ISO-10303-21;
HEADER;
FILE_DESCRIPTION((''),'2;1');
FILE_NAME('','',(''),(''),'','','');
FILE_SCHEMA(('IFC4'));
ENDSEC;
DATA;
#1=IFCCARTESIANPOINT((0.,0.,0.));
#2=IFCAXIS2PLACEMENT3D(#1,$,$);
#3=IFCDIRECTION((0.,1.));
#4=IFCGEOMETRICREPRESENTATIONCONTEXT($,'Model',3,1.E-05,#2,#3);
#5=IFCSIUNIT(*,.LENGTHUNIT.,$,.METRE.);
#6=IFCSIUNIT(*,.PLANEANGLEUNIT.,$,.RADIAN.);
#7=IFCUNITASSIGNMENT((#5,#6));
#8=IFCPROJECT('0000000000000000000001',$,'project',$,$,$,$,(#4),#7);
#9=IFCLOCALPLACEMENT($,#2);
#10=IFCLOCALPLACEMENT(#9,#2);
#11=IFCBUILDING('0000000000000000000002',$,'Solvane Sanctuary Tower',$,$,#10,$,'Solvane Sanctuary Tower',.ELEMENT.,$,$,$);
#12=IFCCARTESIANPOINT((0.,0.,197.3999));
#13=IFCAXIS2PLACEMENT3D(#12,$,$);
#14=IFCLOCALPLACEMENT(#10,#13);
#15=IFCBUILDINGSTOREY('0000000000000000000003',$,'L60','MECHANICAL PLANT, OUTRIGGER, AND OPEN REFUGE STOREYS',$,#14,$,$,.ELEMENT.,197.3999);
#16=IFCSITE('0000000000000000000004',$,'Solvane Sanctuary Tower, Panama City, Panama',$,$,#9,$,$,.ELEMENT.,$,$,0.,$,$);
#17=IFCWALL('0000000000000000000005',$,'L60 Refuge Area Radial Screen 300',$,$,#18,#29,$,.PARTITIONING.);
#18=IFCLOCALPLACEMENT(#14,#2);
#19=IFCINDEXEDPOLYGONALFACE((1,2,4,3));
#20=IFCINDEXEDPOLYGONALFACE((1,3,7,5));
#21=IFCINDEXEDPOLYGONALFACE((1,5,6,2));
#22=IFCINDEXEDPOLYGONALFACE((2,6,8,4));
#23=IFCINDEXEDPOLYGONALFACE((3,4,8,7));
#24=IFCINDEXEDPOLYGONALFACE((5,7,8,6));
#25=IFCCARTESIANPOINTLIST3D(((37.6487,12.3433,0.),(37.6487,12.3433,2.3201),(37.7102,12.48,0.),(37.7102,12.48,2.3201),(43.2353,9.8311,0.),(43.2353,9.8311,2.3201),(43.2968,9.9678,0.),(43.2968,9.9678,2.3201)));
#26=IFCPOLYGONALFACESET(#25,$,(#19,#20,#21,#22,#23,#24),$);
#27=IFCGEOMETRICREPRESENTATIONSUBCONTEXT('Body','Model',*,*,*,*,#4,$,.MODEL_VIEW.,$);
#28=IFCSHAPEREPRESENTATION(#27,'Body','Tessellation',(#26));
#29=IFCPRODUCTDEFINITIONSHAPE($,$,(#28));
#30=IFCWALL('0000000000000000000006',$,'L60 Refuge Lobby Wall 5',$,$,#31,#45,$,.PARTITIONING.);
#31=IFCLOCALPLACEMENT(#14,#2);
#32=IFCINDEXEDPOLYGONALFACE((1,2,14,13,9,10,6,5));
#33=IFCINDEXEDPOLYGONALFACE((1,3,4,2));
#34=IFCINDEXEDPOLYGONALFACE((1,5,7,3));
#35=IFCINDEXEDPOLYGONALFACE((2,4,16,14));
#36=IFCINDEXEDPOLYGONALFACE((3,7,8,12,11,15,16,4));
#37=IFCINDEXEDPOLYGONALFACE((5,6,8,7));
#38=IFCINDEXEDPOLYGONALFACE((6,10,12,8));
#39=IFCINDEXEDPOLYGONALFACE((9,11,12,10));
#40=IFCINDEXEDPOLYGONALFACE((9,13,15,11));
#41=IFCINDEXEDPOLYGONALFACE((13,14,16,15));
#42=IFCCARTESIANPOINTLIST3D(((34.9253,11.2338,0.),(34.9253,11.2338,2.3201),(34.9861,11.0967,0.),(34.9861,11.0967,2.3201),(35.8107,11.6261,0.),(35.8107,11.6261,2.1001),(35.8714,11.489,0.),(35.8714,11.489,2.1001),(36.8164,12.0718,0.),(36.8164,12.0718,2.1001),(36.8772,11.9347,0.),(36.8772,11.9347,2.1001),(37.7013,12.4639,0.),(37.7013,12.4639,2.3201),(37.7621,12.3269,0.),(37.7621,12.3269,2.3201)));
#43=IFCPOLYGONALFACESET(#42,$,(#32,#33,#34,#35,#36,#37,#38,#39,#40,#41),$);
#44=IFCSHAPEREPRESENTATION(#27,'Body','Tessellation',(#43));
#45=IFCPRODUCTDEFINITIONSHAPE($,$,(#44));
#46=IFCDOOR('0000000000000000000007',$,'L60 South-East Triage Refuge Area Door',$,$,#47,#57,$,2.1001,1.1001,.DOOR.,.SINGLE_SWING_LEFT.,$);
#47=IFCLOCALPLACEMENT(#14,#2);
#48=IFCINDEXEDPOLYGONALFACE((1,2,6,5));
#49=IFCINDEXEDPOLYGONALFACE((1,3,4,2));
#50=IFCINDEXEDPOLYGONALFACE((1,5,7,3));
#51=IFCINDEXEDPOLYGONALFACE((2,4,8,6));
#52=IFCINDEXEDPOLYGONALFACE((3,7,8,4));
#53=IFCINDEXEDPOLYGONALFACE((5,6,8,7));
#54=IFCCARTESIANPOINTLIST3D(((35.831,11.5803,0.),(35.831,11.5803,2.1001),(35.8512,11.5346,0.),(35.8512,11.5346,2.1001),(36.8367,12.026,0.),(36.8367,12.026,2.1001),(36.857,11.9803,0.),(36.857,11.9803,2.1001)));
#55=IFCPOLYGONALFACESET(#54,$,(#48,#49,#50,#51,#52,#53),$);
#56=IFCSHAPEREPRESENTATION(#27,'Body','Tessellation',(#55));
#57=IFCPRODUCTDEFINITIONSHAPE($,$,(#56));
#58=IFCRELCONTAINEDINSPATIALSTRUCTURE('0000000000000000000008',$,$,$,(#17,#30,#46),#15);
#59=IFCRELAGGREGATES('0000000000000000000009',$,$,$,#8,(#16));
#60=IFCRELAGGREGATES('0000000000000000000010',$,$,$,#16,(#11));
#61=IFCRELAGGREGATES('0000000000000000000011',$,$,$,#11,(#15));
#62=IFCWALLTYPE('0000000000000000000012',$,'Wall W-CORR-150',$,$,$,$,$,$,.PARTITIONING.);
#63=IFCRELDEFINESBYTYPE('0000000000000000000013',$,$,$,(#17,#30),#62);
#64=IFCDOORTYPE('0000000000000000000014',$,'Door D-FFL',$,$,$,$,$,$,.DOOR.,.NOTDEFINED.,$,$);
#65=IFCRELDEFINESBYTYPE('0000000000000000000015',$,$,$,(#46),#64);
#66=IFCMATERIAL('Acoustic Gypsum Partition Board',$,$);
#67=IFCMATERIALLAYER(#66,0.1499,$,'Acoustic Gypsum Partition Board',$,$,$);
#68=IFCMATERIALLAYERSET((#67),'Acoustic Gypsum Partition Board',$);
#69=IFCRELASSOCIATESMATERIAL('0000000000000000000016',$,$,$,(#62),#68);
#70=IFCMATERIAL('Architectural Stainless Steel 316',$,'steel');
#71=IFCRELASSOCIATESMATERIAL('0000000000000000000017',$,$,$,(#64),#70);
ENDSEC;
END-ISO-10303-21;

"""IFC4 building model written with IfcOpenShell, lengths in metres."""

from ifc_helpers import new_model, si_unit, direction, frame, frame_2d, origin, place, context, subcontext, project, spatial, rectangle, extrude, material, layer, layer_set, type_object, element, fill, save


model = new_model("IFC4")

# Units and contexts
model_context = context("Model", 3, precision=1e-05, world=origin(), true_north=direction((0.0, 1.0)))
body_context = subcontext(model_context, "Body", "Model", "MODEL_VIEW")
ifc_project = project(units=[si_unit("LENGTHUNIT", "METRE"), si_unit("PLANEANGLEUNIT", "RADIAN")], contexts=[model_context])

# Site, building, storey
site_placement = place(None, origin())
site = spatial("IfcSite", under=ifc_project, at=site_placement, Name="Solvane Sanctuary Tower, Panama City, Panama", CompositionType="ELEMENT", RefElevation=0.0)
building_placement = place(site_placement, origin())
building = spatial("IfcBuilding", under=site, at=building_placement, Name="Solvane Sanctuary Tower", LongName="Solvane Sanctuary Tower", CompositionType="ELEMENT")
storey_placement = place(building_placement, frame((0.0, 0.0, 197.3999)))
storey = spatial("IfcBuildingStorey", under=building, at=storey_placement, Name="L60", Description="MECHANICAL PLANT, OUTRIGGER, AND OPEN REFUGE STOREYS", CompositionType="ELEMENT", Elevation=197.3999)

# Wall
ifc_material_1 = material(Name="Acoustic Gypsum Partition Board")
ifc_layer = layer(ifc_material_1, 0.1499, Name="Acoustic Gypsum Partition Board")
ifc_layer_set = layer_set([ifc_layer], Name="Acoustic Gypsum Partition Board")
wall_type = type_object("IfcWallType", Name="Wall W-CORR-150", PredefinedType="PARTITIONING", material=ifc_layer_set)
wall_1_placement = place(storey_placement, frame((37.6794, 12.4116, 0.0), z_axis=(0.0, 0.0, 1.0), x_axis=(0.912031, -0.410121, 0.0)))
element("IfcWall", 1, at=wall_1_placement, inside=storey, type_object=wall_type, Name="L60 Refuge Area Radial Screen 300", PredefinedType="PARTITIONING", context=body_context, shape_type="SweptSolid", body=[
    extrude(rectangle(XDim=6.1255, YDim=0.1499, at=frame_2d((3.0627, 0.0))), origin(), (0.0, 0.0, 1.0), 2.3201),
])

# Wall, opening, door
wall_2_placement = place(storey_placement, frame((34.9558, 11.1653, 0.0), z_axis=(0.0, 0.0, 1.0), x_axis=(0.914252, 0.405146, 0.0)))
wall_2 = element("IfcWall", 2, at=wall_2_placement, inside=storey, type_object=wall_type, Name="L60 Refuge Lobby Wall 5", PredefinedType="PARTITIONING", context=body_context, shape_type="SweptSolid", body=[
    extrude(rectangle(XDim=3.0364, YDim=0.1499, at=frame_2d((1.5181, 0.0))), origin(), (0.0, 0.0, 1.0), 2.3201),
])
opening_placement = place(wall_2_placement, frame((0.9683, 0.0, 0.0)))
opening = element("IfcOpeningElement", 3, at=opening_placement, cuts=wall_2, PredefinedType="OPENING", context=body_context, shape_type="SweptSolid", body=[
    extrude(rectangle(XDim=1.1001, YDim=2.1001, at=frame_2d((0.55, 1.05))), frame((0.0, 0.085, 0.0), z_axis=(0.0, -1.0, 0.0), x_axis=(1.0, 0.0, 0.0)), (0.0, 0.0, 1.0), 0.1699),
])
ifc_material_2 = material(Name="Architectural Stainless Steel 316", Category="steel")
door_type = type_object("IfcDoorType", Name="Door D-FFL", OperationType="NOTDEFINED", PredefinedType="DOOR", material=ifc_material_2)
door_placement = place(opening_placement, origin())
door = element("IfcDoor", 4, at=door_placement, inside=storey, type_object=door_type, Name="L60 South-East Triage Refuge Area Door", OperationType="SINGLE_SWING_LEFT", OverallHeight=2.1001, OverallWidth=1.1001, PredefinedType="DOOR", context=body_context, shape_type="SweptSolid", body=[
    extrude(rectangle(XDim=1.1001, YDim=2.1001, at=frame_2d((0.55, 1.05))), frame((0.0, 0.0249, 0.0), z_axis=(0.0, -1.0, 0.0), x_axis=(1.0, 0.0, 0.0)), (0.0, 0.0, 1.0), 0.05),
])
fill(opening, door)

save(model, "model.ifc")
